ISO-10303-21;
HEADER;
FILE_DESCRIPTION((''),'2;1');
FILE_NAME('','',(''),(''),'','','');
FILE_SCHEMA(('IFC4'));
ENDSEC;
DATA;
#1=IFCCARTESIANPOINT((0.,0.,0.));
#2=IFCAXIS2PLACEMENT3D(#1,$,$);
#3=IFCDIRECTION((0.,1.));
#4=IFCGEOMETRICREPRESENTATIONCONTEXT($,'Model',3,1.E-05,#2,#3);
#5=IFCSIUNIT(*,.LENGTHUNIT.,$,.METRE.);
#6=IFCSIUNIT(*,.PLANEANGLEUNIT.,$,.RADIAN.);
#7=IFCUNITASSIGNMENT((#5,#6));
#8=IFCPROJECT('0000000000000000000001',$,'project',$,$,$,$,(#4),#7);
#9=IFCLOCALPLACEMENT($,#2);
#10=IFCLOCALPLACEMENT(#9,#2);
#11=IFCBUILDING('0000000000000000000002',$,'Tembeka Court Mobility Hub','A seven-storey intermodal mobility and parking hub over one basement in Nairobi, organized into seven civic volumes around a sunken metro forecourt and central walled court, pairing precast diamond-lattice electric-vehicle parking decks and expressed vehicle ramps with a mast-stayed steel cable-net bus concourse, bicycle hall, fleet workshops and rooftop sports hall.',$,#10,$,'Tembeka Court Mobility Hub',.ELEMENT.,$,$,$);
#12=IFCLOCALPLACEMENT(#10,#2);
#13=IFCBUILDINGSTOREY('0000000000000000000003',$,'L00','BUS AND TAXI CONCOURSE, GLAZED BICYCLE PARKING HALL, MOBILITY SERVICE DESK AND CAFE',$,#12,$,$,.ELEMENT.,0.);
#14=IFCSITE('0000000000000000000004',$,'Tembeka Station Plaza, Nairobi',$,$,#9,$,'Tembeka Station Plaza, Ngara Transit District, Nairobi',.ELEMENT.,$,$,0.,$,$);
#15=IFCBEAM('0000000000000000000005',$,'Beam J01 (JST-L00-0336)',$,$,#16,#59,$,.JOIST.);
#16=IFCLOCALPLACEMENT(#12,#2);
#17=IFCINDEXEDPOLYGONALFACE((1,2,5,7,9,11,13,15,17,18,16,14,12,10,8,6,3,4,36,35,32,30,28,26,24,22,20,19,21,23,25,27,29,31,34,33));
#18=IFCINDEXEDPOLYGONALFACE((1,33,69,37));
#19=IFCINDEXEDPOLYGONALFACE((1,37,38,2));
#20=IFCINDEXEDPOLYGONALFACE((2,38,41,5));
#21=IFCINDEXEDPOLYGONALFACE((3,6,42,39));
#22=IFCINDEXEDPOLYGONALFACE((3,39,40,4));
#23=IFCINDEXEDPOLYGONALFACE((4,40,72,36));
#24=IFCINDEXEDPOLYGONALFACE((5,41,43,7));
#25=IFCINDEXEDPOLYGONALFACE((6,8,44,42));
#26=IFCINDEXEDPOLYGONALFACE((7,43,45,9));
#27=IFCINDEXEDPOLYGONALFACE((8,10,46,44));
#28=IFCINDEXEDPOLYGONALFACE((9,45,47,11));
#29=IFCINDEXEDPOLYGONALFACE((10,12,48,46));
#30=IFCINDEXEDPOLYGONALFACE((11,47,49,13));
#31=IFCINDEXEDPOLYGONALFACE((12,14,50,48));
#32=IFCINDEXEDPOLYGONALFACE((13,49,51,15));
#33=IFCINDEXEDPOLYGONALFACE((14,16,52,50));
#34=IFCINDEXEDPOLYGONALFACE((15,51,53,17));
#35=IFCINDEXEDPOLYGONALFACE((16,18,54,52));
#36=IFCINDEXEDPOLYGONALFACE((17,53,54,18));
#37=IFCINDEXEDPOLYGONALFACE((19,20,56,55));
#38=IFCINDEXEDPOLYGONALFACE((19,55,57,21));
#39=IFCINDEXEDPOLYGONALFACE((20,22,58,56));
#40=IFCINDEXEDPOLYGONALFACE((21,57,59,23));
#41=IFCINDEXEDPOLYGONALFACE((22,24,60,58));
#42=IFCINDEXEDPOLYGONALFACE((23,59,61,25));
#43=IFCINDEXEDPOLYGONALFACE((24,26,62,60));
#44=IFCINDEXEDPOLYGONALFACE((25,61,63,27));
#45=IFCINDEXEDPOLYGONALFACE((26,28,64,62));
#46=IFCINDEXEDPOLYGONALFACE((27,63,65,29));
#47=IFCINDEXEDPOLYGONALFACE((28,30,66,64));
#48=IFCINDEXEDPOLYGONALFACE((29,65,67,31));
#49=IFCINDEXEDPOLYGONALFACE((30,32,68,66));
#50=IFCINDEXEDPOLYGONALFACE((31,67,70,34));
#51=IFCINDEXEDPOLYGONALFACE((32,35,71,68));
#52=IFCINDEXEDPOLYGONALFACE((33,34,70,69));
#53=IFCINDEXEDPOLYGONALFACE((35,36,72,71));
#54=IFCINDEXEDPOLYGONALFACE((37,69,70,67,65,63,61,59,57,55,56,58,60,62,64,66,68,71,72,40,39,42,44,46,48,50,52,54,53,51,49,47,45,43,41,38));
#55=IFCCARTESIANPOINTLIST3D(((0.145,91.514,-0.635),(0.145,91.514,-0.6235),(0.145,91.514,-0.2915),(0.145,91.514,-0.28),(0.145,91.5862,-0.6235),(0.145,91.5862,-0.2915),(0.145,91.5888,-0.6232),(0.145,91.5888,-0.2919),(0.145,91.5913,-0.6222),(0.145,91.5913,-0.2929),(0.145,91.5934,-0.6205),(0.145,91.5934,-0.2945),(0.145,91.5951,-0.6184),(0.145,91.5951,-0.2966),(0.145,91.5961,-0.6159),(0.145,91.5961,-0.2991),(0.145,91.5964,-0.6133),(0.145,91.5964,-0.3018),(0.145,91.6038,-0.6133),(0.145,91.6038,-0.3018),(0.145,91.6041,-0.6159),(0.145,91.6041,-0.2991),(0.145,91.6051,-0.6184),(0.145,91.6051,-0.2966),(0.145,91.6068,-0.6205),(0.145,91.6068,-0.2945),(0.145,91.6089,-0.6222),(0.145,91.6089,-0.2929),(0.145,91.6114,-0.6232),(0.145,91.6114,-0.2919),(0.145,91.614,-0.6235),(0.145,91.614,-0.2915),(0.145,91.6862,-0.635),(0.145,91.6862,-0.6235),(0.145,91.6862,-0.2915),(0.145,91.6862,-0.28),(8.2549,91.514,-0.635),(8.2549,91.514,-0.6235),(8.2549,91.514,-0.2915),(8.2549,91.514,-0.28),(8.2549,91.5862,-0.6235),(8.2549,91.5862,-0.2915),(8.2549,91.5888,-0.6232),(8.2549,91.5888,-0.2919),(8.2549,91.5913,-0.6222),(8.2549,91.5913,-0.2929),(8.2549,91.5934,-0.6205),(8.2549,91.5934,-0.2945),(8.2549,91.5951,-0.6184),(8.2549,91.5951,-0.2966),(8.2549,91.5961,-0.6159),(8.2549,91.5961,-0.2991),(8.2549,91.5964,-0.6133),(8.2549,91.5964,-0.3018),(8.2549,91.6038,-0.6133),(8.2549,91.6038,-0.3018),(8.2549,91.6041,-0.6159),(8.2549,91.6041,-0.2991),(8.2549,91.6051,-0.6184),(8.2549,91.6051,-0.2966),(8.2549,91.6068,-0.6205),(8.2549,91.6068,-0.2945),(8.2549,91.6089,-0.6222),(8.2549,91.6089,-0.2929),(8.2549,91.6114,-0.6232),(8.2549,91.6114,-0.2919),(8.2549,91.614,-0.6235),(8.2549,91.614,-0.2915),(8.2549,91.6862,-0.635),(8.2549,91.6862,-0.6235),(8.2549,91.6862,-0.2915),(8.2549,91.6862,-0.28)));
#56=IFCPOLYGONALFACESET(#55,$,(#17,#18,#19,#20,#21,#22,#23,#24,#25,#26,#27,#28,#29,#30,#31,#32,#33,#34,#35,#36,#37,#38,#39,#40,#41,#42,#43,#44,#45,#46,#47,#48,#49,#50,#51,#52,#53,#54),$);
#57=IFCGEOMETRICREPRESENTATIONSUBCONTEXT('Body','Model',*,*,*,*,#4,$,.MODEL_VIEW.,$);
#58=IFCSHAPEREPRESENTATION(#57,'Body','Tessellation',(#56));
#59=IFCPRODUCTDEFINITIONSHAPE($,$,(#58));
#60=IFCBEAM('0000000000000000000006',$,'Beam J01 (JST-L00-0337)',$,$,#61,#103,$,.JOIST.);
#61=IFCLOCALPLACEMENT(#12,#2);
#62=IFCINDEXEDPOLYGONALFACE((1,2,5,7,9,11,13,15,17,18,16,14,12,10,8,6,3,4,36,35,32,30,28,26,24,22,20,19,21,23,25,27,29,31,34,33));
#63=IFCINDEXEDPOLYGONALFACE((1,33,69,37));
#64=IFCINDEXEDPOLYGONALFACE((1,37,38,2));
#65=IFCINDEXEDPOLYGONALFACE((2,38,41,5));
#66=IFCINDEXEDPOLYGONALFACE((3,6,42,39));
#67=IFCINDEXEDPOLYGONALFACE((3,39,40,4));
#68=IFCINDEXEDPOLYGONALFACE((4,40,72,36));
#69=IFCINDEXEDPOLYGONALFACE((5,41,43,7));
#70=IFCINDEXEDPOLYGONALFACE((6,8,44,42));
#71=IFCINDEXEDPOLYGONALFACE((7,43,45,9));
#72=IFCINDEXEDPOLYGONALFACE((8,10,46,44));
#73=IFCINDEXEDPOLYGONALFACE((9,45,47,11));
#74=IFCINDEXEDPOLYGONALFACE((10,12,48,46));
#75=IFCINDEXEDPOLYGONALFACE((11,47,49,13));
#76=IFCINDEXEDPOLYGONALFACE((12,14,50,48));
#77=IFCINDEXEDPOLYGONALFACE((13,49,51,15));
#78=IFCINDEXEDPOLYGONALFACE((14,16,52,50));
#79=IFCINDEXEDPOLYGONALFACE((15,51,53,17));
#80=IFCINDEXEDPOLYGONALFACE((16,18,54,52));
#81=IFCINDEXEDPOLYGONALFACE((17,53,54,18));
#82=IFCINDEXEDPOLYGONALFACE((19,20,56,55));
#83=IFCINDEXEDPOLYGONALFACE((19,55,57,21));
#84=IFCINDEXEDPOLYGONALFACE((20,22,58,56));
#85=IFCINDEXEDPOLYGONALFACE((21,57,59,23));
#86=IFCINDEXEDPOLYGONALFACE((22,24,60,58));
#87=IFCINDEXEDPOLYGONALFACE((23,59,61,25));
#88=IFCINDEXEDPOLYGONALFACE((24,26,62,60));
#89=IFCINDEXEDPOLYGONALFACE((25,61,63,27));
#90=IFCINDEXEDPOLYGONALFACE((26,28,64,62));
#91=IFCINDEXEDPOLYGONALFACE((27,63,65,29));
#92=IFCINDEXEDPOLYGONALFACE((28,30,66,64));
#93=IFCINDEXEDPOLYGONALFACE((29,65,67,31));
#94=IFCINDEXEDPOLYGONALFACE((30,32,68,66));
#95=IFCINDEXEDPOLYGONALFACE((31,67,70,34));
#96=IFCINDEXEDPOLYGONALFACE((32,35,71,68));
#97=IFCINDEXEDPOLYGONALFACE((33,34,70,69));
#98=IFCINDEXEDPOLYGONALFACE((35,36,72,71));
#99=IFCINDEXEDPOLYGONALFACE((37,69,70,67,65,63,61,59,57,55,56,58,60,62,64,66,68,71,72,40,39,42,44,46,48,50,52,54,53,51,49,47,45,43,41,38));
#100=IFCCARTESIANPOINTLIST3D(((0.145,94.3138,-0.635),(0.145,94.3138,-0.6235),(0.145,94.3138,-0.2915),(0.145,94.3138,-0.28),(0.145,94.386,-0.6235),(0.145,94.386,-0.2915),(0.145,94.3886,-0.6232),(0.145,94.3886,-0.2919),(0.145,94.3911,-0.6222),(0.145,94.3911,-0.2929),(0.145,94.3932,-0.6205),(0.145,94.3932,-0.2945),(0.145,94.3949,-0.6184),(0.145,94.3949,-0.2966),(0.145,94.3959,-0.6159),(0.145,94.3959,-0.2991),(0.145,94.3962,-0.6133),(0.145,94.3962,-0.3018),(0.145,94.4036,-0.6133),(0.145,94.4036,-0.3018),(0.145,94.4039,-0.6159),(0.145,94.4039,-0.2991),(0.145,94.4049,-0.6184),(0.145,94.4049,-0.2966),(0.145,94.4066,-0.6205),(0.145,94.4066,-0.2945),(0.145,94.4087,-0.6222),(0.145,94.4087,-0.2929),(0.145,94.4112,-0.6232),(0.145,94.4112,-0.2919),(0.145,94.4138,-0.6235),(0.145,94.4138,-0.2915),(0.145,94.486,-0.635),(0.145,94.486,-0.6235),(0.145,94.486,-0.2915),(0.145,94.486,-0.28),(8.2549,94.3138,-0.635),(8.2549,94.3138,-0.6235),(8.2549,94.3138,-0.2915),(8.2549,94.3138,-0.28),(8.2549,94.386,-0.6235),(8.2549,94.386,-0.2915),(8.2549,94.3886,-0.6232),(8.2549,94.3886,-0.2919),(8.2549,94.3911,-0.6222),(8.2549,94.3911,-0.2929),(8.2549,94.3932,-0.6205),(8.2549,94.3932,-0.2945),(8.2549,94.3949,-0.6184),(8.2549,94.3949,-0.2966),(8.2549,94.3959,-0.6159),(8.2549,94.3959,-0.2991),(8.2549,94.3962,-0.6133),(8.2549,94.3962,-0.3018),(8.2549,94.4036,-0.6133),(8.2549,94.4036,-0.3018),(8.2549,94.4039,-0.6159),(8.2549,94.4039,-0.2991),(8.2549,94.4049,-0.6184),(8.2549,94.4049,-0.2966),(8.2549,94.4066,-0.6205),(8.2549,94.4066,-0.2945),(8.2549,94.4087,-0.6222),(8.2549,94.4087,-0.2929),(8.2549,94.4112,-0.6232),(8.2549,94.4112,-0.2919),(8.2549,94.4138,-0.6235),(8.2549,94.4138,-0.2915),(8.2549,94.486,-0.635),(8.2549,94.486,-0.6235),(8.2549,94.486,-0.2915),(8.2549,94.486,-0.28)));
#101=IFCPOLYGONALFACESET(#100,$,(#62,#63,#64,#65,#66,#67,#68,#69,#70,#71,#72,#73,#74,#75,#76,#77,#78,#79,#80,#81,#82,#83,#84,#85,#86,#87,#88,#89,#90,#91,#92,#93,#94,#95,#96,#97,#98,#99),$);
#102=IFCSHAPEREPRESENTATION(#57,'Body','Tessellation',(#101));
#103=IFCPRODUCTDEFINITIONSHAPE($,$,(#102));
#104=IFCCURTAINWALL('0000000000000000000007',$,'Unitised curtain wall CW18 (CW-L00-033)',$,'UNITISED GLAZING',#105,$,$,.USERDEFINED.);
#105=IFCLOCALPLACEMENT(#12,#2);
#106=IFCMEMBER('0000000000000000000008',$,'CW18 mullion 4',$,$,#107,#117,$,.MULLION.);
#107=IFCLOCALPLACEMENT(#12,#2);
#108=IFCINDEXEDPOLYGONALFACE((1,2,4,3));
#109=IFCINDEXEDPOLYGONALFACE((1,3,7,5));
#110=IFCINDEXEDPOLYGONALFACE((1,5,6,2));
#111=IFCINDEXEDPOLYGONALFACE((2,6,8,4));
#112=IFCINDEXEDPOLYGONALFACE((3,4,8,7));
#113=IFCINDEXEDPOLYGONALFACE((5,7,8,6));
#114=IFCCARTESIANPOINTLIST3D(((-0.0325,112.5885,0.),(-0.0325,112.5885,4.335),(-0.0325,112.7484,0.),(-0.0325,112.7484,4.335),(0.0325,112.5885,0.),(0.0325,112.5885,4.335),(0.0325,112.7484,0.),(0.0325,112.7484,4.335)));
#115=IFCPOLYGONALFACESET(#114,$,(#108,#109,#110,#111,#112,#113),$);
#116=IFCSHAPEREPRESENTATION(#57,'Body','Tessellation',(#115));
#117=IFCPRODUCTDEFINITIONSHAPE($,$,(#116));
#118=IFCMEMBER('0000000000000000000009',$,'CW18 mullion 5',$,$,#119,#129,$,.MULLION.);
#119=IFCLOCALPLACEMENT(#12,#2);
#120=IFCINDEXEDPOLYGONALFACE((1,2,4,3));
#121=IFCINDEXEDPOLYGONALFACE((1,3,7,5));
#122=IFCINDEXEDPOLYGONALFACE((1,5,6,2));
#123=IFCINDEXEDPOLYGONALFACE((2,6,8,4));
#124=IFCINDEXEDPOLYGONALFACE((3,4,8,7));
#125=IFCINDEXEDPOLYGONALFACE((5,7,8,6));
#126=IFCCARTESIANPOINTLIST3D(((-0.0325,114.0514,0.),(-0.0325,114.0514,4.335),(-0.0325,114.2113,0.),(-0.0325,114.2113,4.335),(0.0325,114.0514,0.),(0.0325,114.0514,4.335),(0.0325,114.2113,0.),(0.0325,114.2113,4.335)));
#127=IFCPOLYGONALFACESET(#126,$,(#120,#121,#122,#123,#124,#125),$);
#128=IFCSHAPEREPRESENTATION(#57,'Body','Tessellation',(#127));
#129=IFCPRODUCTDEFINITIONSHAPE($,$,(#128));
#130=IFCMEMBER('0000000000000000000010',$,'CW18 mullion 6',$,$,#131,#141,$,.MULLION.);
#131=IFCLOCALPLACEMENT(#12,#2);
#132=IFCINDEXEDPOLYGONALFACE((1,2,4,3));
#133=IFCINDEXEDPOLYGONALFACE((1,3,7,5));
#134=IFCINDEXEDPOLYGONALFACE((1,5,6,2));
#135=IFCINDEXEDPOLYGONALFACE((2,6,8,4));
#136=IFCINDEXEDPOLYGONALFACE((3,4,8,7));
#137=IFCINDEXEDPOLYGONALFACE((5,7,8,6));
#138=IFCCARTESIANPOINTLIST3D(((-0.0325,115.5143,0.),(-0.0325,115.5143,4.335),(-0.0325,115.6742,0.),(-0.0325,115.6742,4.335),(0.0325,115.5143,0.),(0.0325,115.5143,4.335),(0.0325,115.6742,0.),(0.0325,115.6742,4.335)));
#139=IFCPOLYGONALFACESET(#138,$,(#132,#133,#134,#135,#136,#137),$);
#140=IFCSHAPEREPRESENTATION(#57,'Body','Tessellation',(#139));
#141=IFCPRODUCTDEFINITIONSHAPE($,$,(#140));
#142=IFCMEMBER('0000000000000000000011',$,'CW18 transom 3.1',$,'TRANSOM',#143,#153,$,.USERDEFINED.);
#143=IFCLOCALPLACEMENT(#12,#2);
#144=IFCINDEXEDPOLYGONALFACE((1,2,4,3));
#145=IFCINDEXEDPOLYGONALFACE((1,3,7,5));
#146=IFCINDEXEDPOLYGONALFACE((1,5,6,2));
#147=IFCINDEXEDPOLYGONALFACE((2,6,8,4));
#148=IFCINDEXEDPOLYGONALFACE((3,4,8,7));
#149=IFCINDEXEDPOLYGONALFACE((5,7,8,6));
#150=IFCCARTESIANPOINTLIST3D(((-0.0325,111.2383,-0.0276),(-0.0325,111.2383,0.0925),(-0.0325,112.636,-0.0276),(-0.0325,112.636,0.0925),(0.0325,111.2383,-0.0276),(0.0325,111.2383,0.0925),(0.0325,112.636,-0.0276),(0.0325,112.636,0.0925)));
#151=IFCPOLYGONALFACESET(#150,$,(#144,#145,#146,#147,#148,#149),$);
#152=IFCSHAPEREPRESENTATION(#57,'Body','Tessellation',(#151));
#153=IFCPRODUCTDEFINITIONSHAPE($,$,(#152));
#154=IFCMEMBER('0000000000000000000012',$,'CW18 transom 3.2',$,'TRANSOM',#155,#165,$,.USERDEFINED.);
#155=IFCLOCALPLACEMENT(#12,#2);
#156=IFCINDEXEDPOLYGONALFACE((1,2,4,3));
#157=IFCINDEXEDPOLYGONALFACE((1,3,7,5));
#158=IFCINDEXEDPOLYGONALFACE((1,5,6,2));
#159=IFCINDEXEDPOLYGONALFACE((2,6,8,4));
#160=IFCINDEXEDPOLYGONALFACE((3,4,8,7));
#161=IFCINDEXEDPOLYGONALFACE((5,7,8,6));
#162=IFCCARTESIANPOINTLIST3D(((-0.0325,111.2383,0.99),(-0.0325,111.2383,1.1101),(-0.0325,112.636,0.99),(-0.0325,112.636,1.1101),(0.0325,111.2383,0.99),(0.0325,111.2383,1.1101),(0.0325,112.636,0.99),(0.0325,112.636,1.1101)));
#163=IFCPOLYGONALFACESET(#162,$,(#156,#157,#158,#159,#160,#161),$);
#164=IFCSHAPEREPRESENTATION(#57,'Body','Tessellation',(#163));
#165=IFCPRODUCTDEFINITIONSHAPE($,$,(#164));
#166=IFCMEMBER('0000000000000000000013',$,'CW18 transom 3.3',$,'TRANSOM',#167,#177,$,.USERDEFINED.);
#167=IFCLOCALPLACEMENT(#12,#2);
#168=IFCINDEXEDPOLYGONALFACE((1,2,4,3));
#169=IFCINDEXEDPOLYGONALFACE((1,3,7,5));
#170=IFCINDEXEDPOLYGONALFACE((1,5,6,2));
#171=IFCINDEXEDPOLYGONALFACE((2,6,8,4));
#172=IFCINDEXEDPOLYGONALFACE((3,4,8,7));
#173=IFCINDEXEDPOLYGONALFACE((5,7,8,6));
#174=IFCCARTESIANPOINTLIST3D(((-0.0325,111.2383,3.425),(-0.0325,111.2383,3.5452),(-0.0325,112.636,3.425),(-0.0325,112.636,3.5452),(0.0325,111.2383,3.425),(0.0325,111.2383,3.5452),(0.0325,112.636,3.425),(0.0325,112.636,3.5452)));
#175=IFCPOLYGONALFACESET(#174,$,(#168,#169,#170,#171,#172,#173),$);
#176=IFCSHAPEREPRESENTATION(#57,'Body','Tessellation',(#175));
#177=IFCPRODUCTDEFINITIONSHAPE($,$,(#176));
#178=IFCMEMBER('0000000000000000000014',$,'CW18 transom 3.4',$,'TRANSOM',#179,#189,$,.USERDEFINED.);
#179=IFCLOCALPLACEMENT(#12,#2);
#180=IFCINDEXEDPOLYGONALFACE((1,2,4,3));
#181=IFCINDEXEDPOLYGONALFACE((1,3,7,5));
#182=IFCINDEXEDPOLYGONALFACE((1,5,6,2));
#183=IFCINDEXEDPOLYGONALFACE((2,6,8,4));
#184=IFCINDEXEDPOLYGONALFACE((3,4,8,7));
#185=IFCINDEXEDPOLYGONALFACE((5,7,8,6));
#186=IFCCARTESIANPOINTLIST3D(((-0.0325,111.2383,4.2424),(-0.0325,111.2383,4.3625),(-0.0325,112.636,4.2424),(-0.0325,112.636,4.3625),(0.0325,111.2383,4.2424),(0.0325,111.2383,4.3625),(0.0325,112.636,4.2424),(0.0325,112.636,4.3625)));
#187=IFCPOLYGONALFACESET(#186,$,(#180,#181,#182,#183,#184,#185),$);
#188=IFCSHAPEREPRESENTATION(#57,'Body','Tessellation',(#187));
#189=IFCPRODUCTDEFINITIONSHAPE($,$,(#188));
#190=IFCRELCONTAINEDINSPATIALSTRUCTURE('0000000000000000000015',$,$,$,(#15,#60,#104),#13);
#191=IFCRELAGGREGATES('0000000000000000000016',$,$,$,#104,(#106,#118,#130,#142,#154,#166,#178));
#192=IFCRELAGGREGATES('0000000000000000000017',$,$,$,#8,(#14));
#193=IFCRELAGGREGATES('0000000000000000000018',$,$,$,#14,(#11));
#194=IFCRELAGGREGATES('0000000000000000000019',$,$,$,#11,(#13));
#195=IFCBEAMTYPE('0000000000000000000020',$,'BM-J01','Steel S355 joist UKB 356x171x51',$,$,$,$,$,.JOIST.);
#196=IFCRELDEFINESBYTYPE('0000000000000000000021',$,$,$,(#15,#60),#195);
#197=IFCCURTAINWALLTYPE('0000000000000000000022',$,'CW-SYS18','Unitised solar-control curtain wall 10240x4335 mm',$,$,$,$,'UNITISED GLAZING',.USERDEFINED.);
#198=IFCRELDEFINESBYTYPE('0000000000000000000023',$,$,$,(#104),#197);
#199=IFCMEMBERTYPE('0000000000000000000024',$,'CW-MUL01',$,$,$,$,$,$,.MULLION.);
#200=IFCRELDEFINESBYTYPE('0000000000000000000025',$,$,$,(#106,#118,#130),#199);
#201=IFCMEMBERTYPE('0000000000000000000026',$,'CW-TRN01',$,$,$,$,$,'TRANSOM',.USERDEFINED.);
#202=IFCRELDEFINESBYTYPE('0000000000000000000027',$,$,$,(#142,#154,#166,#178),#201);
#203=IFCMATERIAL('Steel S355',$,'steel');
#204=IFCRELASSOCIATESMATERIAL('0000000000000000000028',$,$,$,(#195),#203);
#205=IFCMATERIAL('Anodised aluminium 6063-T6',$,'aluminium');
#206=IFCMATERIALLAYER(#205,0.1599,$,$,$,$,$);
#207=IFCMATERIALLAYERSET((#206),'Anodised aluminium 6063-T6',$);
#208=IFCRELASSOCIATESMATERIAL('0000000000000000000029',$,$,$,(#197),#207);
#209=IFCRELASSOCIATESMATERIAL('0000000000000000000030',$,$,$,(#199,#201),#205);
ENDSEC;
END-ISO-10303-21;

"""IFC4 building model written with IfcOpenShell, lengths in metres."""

from ifc_helpers import new_model, si_unit, direction, frame, origin, origin_2d, place, context, subcontext, project, spatial, rectangle, i_section, extrude, material, layer, layer_set, material_profile, profile_set, type_object, element, aggregate, save


model = new_model("IFC4")

# Units and contexts
model_context = context("Model", 3, precision=1e-05, world=origin(), true_north=direction((0.0, 1.0)))
body_context = subcontext(model_context, "Body", "Model", "MODEL_VIEW")
ifc_project = project(units=[si_unit("LENGTHUNIT", "METRE"), si_unit("PLANEANGLEUNIT", "RADIAN")], contexts=[model_context])

# Site, building, storey
site_placement = place(None, origin())
site = spatial("IfcSite", under=ifc_project, at=site_placement, Name="Tembeka Station Plaza, Nairobi", LongName="Tembeka Station Plaza, Ngara Transit District, Nairobi", CompositionType="ELEMENT", RefElevation=0.0)
building_placement = place(site_placement, origin())
building = spatial("IfcBuilding", under=site, at=building_placement, Name="Tembeka Court Mobility Hub", Description="A seven-storey intermodal mobility and parking hub over one basement in Nairobi, organized into seven civic volumes around a sunken metro forecourt and central walled court, pairing precast diamond-lattice electric-vehicle parking decks and expressed vehicle ramps with a mast-stayed steel cable-net bus concourse, bicycle hall, fleet workshops and rooftop sports hall.", LongName="Tembeka Court Mobility Hub", CompositionType="ELEMENT")
storey_placement = place(building_placement, origin())
storey = spatial("IfcBuildingStorey", under=building, at=storey_placement, Name="L00", Description="BUS AND TAXI CONCOURSE, GLAZED BICYCLE PARKING HALL, MOBILITY SERVICE DESK AND CAFE", CompositionType="ELEMENT", Elevation=0.0)

# Beams
ifc_material_1 = material(Name="Steel S355", Category="steel")
ifc_material_profile_1 = material_profile(ifc_material_1, i_section(OverallWidth=0.1721, OverallDepth=0.355, WebThickness=0.0073, FlangeThickness=0.0115, FilletRadius=0.0103, at=origin_2d()), Name="UKB 356x171x51")
ifc_profile_set_1 = profile_set([ifc_material_profile_1], Name="Steel S355")
beam_type = type_object("IfcBeamType", Name="BM-J01", Description="Steel S355 joist UKB 356x171x51", PredefinedType="JOIST", material=ifc_profile_set_1)
for number, where, z_axis, x_axis, name in (
    (1, (0.145, 91.6001, -0.4575), (1.0, 0.0, 0.0), (0.0, 1.0, 0.0), "Beam J01 (JST-L00-0336)"),
    (2, (0.145, 94.3999, -0.4575), (1.0, 0.0, 0.0), (0.0, 1.0, 0.0), "Beam J01 (JST-L00-0337)"),
):
    element("IfcBeam", number, at=place(storey_placement, frame(where, z_axis=z_axis, x_axis=x_axis)), inside=storey, type_object=beam_type, Name=name, PredefinedType="JOIST", context=body_context, shape_type="SweptSolid", body=[
        extrude(i_section(OverallWidth=0.1721, OverallDepth=0.355, WebThickness=0.0073, FlangeThickness=0.0115, FilletRadius=0.0103, at=origin_2d()), origin(), (0.0, 0.0, 1.0), 8.1099),
    ])

# Curtain wall, members
ifc_material_2 = material(Name="Anodised aluminium 6063-T6", Category="aluminium")
ifc_layer_1 = layer(ifc_material_2, 0.1599)
ifc_layer_set_1 = layer_set([ifc_layer_1], Name="Anodised aluminium 6063-T6")
curtain_wall_type = type_object("IfcCurtainWallType", Name="CW-SYS18", Description="Unitised solar-control curtain wall 10240x4335 mm", ElementType="UNITISED GLAZING", PredefinedType="USERDEFINED", material=ifc_layer_set_1)
curtain_wall_placement = place(storey_placement, origin())
curtain_wall = element("IfcCurtainWall", 3, at=curtain_wall_placement, inside=storey, type_object=curtain_wall_type, Name="Unitised curtain wall CW18 (CW-L00-033)", ObjectType="UNITISED GLAZING", PredefinedType="USERDEFINED")
ifc_material_profile_2 = material_profile(ifc_material_2, rectangle(XDim=0.0649, YDim=0.1599, at=origin_2d()), Name="ALU-MUL 65x160")
ifc_profile_set_2 = profile_set([ifc_material_profile_2], Name="Anodised aluminium 6063-T6")
member_type_1 = type_object("IfcMemberType", Name="CW-MUL01", PredefinedType="MULLION", material=ifc_profile_set_2)
member_1_placement = place(storey_placement, frame((0.0, 112.6685, 0.0), z_axis=(0.0, 0.0, 1.0), x_axis=(-1.0, 0.0, 0.0)))
member_1 = element("IfcMember", 4, at=member_1_placement, type_object=member_type_1, Name="CW18 mullion 4", PredefinedType="MULLION", context=body_context, shape_type="SweptSolid", body=[
    extrude(rectangle(XDim=0.0649, YDim=0.1599, at=origin_2d()), origin(), (0.0, 0.0, 1.0), 4.335),
])
member_2_placement = place(storey_placement, frame((0.0, 114.1313, 0.0), z_axis=(0.0, 0.0, 1.0), x_axis=(-1.0, 0.0, 0.0)))
member_2 = element("IfcMember", 5, at=member_2_placement, type_object=member_type_1, Name="CW18 mullion 5", PredefinedType="MULLION", context=body_context, shape_type="SweptSolid", body=[
    extrude(rectangle(XDim=0.0649, YDim=0.1599, at=origin_2d()), origin(), (0.0, 0.0, 1.0), 4.335),
])
member_3_placement = place(storey_placement, frame((0.0, 115.5942, 0.0), z_axis=(0.0, 0.0, 1.0), x_axis=(-1.0, 0.0, 0.0)))
member_3 = element("IfcMember", 6, at=member_3_placement, type_object=member_type_1, Name="CW18 mullion 6", PredefinedType="MULLION", context=body_context, shape_type="SweptSolid", body=[
    extrude(rectangle(XDim=0.0649, YDim=0.1599, at=origin_2d()), origin(), (0.0, 0.0, 1.0), 4.335),
])
ifc_material_profile_3 = material_profile(ifc_material_2, rectangle(XDim=0.0649, YDim=0.1201, at=origin_2d()), Name="ALU-TRN 65x120")
ifc_profile_set_3 = profile_set([ifc_material_profile_3], Name="Anodised aluminium 6063-T6")
member_type_2 = type_object("IfcMemberType", Name="CW-TRN01", ElementType="TRANSOM", PredefinedType="USERDEFINED", material=ifc_profile_set_3)
member_4_placement = place(storey_placement, frame((0.0, 111.2383, 0.0325), z_axis=(0.0, 1.0, 0.0), x_axis=(-1.0, 0.0, 0.0)))
member_4 = element("IfcMember", 7, at=member_4_placement, type_object=member_type_2, Name="CW18 transom 3.1", ObjectType="TRANSOM", PredefinedType="USERDEFINED", context=body_context, shape_type="SweptSolid", body=[
    extrude(rectangle(XDim=0.0649, YDim=0.1201, at=origin_2d()), origin(), (0.0, 0.0, 1.0), 1.3977),
])
member_5_placement = place(storey_placement, frame((0.0, 111.2383, 1.05), z_axis=(0.0, 1.0, 0.0), x_axis=(-1.0, 0.0, 0.0)))
member_5 = element("IfcMember", 8, at=member_5_placement, type_object=member_type_2, Name="CW18 transom 3.2", ObjectType="TRANSOM", PredefinedType="USERDEFINED", context=body_context, shape_type="SweptSolid", body=[
    extrude(rectangle(XDim=0.0649, YDim=0.1201, at=origin_2d()), origin(), (0.0, 0.0, 1.0), 1.3977),
])
member_6_placement = place(storey_placement, frame((0.0, 111.2383, 3.4851), z_axis=(0.0, 1.0, 0.0), x_axis=(-1.0, 0.0, 0.0)))
member_6 = element("IfcMember", 9, at=member_6_placement, type_object=member_type_2, Name="CW18 transom 3.3", ObjectType="TRANSOM", PredefinedType="USERDEFINED", context=body_context, shape_type="SweptSolid", body=[
    extrude(rectangle(XDim=0.0649, YDim=0.1201, at=origin_2d()), origin(), (0.0, 0.0, 1.0), 1.3977),
])
member_7_placement = place(storey_placement, frame((0.0, 111.2383, 4.3025), z_axis=(0.0, 1.0, 0.0), x_axis=(-1.0, 0.0, 0.0)))
member_7 = element("IfcMember", 10, at=member_7_placement, type_object=member_type_2, Name="CW18 transom 3.4", ObjectType="TRANSOM", PredefinedType="USERDEFINED", context=body_context, shape_type="SweptSolid", body=[
    extrude(rectangle(XDim=0.0649, YDim=0.1201, at=origin_2d()), origin(), (0.0, 0.0, 1.0), 1.3977),
])
aggregate(curtain_wall, [member_1, member_2, member_3, member_4, member_5, member_6, member_7])

save(model, "model.ifc")
